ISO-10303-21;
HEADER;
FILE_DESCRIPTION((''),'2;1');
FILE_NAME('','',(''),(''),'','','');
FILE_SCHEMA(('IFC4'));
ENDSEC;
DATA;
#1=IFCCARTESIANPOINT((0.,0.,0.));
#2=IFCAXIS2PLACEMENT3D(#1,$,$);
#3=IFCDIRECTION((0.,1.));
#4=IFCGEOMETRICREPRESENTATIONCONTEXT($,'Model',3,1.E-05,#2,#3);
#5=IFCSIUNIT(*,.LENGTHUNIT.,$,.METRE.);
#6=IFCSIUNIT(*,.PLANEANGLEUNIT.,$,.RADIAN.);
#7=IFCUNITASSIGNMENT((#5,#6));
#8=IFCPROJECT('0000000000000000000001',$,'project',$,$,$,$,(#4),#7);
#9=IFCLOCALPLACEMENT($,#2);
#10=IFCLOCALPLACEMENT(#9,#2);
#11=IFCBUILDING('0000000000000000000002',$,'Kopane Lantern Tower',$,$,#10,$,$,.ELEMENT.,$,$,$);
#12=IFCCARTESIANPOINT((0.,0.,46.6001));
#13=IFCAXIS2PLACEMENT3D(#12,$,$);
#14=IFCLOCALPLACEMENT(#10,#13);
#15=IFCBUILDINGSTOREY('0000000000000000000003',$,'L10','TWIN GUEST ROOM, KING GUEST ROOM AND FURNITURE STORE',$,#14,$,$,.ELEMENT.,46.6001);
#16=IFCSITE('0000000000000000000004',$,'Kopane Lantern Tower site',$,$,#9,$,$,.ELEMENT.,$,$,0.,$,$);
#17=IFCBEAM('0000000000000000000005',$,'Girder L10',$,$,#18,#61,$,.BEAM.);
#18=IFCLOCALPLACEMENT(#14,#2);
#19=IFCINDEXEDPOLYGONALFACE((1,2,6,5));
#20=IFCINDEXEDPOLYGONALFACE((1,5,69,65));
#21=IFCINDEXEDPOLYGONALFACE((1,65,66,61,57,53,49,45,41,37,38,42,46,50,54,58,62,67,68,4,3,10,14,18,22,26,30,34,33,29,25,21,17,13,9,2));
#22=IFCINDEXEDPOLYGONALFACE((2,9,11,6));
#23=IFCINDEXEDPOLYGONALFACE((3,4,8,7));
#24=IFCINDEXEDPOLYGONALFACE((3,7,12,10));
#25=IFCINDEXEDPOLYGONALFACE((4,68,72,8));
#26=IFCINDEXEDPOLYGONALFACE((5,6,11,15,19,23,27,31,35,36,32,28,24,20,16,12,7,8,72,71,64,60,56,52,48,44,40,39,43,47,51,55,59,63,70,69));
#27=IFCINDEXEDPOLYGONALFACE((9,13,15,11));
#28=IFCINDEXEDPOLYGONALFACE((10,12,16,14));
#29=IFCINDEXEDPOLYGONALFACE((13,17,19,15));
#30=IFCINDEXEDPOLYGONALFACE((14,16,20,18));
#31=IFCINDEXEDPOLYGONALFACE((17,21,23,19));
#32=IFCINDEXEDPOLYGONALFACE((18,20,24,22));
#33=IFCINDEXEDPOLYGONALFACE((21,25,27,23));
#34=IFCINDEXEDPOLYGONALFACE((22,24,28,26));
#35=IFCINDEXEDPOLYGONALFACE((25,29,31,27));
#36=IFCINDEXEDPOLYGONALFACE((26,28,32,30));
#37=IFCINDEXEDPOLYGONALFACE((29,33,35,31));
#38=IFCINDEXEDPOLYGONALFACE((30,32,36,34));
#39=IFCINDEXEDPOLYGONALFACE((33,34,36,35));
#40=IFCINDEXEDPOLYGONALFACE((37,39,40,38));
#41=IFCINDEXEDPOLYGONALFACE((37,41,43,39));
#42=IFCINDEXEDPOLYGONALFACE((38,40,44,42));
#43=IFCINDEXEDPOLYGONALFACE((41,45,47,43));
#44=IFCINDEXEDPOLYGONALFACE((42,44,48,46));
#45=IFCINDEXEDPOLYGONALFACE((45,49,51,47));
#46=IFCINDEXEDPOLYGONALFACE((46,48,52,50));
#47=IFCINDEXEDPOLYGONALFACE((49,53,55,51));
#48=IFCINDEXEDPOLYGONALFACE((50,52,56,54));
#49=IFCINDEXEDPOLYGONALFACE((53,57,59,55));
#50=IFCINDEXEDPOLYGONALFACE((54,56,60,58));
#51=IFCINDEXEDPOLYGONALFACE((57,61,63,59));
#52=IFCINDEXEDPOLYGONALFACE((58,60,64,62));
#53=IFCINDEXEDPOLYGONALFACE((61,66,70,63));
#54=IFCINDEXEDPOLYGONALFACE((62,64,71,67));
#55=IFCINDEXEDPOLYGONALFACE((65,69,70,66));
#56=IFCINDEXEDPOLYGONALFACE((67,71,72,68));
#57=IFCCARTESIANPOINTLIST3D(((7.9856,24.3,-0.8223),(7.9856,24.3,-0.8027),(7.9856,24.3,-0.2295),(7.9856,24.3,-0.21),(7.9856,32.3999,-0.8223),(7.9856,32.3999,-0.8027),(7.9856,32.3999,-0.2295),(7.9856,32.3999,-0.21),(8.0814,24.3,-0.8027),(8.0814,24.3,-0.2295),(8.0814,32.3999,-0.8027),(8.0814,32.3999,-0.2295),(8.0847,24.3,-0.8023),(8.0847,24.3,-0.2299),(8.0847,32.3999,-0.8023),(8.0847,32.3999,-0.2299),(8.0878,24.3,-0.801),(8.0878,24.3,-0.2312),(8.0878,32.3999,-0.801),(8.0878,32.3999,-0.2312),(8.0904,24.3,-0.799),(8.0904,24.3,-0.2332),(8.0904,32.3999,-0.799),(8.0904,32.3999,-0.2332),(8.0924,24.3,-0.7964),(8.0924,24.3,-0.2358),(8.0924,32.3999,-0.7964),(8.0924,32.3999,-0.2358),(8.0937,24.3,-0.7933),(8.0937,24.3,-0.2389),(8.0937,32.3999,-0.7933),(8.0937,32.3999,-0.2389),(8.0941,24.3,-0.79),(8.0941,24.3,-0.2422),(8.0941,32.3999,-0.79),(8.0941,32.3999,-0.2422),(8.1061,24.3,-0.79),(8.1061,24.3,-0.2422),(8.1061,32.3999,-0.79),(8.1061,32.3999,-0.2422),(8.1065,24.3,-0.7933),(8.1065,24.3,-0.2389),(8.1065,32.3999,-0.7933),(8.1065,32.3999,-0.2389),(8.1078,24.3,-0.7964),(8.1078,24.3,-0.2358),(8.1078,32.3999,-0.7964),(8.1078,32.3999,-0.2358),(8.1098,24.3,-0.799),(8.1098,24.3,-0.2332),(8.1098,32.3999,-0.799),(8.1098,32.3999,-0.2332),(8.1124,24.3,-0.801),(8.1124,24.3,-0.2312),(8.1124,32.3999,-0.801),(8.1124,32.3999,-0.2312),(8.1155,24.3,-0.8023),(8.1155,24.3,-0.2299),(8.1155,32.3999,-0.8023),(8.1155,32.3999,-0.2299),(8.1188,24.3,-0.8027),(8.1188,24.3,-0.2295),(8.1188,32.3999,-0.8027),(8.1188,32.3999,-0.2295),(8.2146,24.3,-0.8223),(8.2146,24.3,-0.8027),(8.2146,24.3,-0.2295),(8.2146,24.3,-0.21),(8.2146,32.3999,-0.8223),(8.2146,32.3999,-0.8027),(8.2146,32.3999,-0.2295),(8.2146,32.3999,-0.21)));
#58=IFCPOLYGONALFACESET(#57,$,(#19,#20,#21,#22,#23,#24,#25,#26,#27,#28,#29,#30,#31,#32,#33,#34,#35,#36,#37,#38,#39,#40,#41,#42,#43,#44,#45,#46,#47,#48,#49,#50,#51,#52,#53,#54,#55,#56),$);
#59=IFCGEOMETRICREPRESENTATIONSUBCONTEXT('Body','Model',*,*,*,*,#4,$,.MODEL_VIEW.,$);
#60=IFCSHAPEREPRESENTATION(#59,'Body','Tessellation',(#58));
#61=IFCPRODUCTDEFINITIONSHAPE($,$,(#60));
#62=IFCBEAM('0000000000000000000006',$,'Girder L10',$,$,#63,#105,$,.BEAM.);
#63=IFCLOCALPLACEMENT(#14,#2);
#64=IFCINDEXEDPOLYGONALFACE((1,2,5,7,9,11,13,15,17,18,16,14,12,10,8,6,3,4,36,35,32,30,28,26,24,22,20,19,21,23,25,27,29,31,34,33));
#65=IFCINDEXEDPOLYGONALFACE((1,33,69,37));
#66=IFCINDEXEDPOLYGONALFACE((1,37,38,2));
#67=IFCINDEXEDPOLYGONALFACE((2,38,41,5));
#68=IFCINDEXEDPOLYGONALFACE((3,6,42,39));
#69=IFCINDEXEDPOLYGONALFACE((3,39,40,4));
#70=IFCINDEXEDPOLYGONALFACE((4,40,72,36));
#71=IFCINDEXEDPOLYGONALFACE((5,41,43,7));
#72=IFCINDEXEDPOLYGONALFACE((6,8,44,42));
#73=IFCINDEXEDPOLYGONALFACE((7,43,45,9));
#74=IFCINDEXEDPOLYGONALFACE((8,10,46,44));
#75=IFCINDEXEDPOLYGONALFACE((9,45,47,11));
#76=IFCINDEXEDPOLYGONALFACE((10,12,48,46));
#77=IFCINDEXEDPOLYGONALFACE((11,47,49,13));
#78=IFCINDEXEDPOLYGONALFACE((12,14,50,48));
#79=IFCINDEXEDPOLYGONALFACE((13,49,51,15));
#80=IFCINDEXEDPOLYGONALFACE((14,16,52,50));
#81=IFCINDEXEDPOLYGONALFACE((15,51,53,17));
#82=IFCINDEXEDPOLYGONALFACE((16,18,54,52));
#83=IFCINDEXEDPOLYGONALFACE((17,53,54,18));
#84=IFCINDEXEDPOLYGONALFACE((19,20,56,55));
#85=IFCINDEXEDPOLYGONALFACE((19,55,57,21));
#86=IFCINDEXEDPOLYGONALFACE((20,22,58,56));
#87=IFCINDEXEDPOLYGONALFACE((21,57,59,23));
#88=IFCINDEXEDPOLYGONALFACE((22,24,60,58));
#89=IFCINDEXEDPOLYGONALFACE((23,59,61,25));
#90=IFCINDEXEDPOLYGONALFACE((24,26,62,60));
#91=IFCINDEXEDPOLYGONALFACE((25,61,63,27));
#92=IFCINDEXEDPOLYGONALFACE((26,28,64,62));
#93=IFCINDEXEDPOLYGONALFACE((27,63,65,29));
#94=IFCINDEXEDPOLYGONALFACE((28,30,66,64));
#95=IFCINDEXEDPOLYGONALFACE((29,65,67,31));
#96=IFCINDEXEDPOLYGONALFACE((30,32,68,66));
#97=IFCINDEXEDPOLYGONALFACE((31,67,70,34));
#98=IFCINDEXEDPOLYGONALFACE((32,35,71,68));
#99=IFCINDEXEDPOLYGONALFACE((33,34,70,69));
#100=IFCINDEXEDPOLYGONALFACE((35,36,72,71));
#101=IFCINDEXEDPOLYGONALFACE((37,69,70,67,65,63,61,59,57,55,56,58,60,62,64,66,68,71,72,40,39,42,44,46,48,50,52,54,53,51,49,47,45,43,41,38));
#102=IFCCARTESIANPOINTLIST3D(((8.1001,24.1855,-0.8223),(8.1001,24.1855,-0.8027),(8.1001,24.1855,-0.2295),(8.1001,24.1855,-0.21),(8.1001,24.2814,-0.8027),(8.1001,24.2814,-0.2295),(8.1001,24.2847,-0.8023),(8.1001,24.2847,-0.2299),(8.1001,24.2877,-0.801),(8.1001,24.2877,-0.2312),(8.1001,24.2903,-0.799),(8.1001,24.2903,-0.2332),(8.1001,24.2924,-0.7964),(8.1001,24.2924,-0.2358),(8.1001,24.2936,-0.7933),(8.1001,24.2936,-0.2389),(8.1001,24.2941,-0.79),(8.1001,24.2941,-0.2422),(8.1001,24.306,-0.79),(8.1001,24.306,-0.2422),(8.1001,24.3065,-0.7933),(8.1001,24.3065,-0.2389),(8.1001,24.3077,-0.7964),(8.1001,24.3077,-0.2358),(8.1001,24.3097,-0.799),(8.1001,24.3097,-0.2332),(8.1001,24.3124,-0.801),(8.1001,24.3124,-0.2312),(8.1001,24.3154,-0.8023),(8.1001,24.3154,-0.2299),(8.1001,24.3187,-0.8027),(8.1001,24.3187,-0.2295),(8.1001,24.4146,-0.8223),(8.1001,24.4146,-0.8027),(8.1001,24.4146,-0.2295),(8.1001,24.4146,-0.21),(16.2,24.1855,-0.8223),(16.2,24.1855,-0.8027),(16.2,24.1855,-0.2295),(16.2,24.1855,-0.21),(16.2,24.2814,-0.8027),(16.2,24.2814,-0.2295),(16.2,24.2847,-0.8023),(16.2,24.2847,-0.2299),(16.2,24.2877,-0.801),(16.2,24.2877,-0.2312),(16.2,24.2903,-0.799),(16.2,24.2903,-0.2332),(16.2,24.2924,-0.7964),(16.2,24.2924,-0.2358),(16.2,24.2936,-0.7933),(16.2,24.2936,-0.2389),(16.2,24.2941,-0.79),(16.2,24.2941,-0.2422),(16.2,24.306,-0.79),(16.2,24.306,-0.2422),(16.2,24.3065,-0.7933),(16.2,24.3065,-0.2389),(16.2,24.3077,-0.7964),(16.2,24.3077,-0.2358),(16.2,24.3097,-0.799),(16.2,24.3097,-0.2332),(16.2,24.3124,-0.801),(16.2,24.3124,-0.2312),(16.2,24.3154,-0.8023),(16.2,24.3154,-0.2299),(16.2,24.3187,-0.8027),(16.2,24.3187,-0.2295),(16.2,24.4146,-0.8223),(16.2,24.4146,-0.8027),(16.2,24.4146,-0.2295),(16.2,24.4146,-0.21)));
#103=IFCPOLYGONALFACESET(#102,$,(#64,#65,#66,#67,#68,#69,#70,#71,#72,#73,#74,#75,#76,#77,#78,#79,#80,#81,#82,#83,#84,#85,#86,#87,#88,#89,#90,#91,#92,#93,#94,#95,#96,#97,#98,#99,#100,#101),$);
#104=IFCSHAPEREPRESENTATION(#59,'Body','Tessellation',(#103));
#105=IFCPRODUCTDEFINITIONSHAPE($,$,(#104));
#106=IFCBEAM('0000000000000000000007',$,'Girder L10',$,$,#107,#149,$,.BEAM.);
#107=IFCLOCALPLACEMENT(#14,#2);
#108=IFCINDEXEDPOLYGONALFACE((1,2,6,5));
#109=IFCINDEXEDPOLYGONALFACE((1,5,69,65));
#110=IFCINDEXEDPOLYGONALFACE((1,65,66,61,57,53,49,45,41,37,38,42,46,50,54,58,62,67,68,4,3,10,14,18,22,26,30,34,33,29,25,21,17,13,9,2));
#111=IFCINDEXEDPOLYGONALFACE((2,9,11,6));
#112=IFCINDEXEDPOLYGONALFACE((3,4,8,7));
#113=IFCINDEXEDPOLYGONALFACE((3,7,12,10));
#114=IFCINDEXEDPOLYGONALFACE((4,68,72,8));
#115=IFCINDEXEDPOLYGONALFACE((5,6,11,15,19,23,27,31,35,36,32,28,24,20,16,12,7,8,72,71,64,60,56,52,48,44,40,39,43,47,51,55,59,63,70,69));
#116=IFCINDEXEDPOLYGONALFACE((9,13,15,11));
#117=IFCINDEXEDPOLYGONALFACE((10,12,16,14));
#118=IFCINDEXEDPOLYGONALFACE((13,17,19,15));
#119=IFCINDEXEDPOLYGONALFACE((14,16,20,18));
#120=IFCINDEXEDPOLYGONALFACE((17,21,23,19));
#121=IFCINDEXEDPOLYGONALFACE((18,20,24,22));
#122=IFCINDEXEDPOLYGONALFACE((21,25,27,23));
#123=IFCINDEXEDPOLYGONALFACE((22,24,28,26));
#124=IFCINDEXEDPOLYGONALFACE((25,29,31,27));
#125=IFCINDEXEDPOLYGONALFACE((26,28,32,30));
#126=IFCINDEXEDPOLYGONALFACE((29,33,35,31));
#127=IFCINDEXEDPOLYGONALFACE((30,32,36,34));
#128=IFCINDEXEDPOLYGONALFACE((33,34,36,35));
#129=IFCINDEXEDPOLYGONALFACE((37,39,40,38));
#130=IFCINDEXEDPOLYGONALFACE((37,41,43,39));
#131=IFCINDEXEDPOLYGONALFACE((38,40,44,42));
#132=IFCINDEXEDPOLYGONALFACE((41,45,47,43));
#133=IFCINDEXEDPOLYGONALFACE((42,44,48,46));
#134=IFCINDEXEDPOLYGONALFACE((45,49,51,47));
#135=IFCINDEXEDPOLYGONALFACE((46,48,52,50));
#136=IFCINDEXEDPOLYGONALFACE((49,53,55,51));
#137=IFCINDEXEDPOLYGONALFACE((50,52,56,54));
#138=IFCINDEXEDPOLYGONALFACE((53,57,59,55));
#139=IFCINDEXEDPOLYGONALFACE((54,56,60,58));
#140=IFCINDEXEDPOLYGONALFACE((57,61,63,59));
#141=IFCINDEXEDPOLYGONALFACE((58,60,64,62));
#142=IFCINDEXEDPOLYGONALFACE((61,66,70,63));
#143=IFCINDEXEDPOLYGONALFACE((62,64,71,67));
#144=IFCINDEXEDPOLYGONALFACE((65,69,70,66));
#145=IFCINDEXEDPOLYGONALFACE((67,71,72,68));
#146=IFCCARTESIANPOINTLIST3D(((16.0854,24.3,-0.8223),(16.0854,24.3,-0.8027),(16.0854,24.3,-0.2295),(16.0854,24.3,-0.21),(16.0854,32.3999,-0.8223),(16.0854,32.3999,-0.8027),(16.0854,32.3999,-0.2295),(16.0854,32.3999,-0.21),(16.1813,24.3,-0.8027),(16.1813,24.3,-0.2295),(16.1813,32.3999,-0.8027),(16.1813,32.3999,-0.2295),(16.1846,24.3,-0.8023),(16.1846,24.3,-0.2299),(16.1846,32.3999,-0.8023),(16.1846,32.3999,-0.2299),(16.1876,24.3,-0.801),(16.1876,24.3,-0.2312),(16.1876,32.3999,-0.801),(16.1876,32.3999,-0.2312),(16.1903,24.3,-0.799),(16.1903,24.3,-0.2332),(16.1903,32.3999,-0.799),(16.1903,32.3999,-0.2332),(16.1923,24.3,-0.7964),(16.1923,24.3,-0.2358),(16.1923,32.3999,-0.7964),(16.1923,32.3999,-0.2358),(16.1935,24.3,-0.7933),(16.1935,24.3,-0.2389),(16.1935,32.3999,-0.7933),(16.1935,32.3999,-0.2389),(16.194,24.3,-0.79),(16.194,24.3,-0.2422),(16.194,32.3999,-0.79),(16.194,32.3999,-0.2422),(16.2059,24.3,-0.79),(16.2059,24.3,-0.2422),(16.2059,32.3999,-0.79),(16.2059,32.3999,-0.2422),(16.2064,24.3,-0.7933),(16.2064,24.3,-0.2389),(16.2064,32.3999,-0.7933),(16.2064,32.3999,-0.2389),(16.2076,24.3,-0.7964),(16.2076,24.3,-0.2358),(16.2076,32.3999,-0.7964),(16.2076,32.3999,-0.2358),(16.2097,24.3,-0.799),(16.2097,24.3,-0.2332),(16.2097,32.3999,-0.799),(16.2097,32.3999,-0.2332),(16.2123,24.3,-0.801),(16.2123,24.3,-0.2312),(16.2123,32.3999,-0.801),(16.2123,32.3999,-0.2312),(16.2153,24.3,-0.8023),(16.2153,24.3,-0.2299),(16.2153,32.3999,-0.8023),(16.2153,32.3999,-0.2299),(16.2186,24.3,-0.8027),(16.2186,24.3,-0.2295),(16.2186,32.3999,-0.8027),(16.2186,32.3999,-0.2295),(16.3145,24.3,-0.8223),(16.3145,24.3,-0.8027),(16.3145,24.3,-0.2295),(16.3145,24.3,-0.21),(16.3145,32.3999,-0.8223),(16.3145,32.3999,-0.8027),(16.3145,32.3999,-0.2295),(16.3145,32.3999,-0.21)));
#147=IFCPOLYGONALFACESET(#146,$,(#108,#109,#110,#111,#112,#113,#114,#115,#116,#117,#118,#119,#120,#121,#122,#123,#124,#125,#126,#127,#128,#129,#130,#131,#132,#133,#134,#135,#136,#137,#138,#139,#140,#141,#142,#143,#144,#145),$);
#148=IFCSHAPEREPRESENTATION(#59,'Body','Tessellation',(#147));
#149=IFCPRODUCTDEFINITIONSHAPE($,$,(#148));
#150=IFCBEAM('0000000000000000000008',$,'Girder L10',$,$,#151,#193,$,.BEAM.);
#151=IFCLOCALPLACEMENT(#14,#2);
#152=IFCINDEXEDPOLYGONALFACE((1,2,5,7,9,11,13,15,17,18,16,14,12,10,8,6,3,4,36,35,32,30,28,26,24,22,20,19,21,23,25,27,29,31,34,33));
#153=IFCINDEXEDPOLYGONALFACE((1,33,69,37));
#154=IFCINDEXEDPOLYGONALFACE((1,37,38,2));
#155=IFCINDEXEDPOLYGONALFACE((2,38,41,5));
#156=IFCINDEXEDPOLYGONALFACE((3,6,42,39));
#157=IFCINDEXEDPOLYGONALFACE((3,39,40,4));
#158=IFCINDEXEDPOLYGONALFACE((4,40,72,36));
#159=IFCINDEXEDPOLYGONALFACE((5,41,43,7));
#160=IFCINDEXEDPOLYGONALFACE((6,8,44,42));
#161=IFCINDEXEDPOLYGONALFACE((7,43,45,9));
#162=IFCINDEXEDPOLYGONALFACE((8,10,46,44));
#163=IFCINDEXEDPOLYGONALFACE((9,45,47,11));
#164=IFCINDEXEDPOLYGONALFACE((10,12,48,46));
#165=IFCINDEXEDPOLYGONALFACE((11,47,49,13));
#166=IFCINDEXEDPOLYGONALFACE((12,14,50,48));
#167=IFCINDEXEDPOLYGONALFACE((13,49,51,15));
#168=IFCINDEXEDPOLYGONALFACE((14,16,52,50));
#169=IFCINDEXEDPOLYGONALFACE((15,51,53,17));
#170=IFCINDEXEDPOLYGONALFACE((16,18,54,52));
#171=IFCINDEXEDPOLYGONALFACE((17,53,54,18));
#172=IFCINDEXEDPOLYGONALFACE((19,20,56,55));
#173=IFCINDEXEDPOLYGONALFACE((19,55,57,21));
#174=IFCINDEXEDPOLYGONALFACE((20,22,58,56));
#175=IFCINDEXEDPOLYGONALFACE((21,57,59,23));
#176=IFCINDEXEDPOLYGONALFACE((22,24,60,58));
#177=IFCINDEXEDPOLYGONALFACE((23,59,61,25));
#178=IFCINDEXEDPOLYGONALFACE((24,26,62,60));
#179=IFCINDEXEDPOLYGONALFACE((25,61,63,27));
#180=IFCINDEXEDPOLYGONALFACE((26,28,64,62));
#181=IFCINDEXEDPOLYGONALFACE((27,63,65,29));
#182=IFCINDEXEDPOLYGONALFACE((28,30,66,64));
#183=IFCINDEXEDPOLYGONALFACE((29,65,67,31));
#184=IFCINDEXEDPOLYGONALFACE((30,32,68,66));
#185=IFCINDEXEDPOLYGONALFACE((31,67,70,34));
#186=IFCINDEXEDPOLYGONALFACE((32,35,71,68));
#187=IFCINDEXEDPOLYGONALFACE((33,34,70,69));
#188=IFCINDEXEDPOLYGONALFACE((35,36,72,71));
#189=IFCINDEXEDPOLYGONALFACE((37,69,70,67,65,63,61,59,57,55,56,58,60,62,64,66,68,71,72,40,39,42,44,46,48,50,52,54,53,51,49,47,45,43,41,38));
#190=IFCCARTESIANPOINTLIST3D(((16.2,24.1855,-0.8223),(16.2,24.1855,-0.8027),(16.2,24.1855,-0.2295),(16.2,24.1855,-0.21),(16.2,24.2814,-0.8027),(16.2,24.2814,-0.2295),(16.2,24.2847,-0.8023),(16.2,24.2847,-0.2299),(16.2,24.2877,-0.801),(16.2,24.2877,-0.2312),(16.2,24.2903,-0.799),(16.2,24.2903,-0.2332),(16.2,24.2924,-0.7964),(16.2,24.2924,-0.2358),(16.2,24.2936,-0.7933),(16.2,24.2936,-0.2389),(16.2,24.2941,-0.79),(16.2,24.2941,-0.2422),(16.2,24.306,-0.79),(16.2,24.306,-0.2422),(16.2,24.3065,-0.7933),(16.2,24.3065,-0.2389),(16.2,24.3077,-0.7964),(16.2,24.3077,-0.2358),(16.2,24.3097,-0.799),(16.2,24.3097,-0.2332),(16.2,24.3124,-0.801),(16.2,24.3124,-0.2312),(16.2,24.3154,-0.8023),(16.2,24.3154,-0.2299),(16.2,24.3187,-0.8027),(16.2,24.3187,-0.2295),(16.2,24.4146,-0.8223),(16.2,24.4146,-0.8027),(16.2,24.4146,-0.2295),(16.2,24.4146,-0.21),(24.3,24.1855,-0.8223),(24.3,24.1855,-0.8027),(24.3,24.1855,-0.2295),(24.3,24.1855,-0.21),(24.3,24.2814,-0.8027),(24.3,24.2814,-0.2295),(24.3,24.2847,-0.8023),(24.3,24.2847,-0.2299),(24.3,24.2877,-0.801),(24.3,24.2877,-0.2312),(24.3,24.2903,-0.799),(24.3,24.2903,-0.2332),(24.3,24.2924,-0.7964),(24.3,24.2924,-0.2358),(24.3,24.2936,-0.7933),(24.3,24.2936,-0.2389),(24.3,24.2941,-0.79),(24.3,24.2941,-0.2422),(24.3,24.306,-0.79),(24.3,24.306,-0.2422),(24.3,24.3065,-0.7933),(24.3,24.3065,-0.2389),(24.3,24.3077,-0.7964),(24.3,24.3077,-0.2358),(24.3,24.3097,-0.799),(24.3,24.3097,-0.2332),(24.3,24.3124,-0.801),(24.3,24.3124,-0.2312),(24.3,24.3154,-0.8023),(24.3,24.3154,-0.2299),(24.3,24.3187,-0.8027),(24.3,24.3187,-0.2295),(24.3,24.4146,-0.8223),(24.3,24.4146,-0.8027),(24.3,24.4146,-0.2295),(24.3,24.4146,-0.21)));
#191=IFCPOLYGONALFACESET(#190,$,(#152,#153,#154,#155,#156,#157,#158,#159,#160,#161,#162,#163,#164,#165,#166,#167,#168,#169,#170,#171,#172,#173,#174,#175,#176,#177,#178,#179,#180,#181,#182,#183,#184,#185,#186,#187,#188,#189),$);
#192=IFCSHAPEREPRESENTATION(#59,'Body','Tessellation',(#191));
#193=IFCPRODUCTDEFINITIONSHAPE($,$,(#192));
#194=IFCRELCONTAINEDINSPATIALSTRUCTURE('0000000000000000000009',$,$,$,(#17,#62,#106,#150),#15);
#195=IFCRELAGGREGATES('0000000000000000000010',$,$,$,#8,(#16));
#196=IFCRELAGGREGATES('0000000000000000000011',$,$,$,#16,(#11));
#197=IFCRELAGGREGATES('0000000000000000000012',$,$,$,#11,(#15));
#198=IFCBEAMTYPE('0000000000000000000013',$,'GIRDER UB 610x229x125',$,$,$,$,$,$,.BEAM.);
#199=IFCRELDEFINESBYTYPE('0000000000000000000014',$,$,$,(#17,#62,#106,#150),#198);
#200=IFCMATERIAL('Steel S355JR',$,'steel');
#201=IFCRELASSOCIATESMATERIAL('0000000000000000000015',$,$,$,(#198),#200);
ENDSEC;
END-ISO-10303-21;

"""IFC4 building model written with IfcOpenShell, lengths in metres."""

from ifc_helpers import new_model, si_unit, direction, frame, origin, origin_2d, place, context, subcontext, project, spatial, i_section, extrude, material, material_profile, profile_set, type_object, element, save


model = new_model("IFC4")

# Units and contexts
model_context = context("Model", 3, precision=1e-05, world=origin(), true_north=direction((0.0, 1.0)))
body_context = subcontext(model_context, "Body", "Model", "MODEL_VIEW")
ifc_project = project(units=[si_unit("LENGTHUNIT", "METRE"), si_unit("PLANEANGLEUNIT", "RADIAN")], contexts=[model_context])

# Site, building, storey
site_placement = place(None, origin())
site = spatial("IfcSite", under=ifc_project, at=site_placement, Name="Kopane Lantern Tower site", CompositionType="ELEMENT", RefElevation=0.0)
building_placement = place(site_placement, origin())
building = spatial("IfcBuilding", under=site, at=building_placement, Name="Kopane Lantern Tower", CompositionType="ELEMENT")
storey_placement = place(building_placement, frame((0.0, 0.0, 46.6001)))
storey = spatial("IfcBuildingStorey", under=building, at=storey_placement, Name="L10", Description="TWIN GUEST ROOM, KING GUEST ROOM AND FURNITURE STORE", CompositionType="ELEMENT", Elevation=46.6001)

# Beams
ifc_material_1 = material(Name="Steel S355JR", Category="steel")
ifc_material_profile_1 = material_profile(ifc_material_1, i_section(OverallWidth=0.229, OverallDepth=0.6123, WebThickness=0.012, FlangeThickness=0.0195, FilletRadius=0.0127, at=origin_2d()), Name="UB 610x229x125")
ifc_profile_set_1 = profile_set([ifc_material_profile_1], Name="Steel S355JR")
beam_type_1 = type_object("IfcBeamType", Name="GIRDER UB 610x229x125", PredefinedType="BEAM", material=ifc_profile_set_1)
for number, where, z_axis, x_axis, name in (
    (1, (8.1001, 24.3, -0.5161), (0.0, 1.0, 0.0), (-1.0, 0.0, 0.0), "Girder L10"),
    (2, (8.1001, 24.3, -0.5161), (1.0, 0.0, 0.0), (0.0, 1.0, 0.0), "Girder L10"),
    (3, (16.2, 24.3, -0.5161), (0.0, 1.0, 0.0), (-1.0, 0.0, 0.0), "Girder L10"),
):
    element("IfcBeam", number, at=place(storey_placement, frame(where, z_axis=z_axis, x_axis=x_axis)), inside=storey, type_object=beam_type_1, Name=name, PredefinedType="BEAM", context=body_context, shape_type="SweptSolid", body=[
        extrude(i_section(OverallWidth=0.229, OverallDepth=0.6123, WebThickness=0.012, FlangeThickness=0.0195, FilletRadius=0.0127, at=origin_2d()), origin(), (0.0, 0.0, 1.0), 8.0999),
    ])
for number, where, z_axis, x_axis, name in (
    (4, (16.2, 24.3, -0.5161), (1.0, 0.0, 0.0), (0.0, 1.0, 0.0), "Girder L10"),
):
    element("IfcBeam", number, at=place(storey_placement, frame(where, z_axis=z_axis, x_axis=x_axis)), inside=storey, type_object=beam_type_1, Name=name, PredefinedType="BEAM", context=body_context, shape_type="SweptSolid", body=[
        extrude(i_section(OverallWidth=0.229, OverallDepth=0.6123, WebThickness=0.012, FlangeThickness=0.0195, FilletRadius=0.0127, at=origin_2d()), origin(), (0.0, 0.0, 1.0), 8.1001),
    ])

save(model, "model.ifc")
